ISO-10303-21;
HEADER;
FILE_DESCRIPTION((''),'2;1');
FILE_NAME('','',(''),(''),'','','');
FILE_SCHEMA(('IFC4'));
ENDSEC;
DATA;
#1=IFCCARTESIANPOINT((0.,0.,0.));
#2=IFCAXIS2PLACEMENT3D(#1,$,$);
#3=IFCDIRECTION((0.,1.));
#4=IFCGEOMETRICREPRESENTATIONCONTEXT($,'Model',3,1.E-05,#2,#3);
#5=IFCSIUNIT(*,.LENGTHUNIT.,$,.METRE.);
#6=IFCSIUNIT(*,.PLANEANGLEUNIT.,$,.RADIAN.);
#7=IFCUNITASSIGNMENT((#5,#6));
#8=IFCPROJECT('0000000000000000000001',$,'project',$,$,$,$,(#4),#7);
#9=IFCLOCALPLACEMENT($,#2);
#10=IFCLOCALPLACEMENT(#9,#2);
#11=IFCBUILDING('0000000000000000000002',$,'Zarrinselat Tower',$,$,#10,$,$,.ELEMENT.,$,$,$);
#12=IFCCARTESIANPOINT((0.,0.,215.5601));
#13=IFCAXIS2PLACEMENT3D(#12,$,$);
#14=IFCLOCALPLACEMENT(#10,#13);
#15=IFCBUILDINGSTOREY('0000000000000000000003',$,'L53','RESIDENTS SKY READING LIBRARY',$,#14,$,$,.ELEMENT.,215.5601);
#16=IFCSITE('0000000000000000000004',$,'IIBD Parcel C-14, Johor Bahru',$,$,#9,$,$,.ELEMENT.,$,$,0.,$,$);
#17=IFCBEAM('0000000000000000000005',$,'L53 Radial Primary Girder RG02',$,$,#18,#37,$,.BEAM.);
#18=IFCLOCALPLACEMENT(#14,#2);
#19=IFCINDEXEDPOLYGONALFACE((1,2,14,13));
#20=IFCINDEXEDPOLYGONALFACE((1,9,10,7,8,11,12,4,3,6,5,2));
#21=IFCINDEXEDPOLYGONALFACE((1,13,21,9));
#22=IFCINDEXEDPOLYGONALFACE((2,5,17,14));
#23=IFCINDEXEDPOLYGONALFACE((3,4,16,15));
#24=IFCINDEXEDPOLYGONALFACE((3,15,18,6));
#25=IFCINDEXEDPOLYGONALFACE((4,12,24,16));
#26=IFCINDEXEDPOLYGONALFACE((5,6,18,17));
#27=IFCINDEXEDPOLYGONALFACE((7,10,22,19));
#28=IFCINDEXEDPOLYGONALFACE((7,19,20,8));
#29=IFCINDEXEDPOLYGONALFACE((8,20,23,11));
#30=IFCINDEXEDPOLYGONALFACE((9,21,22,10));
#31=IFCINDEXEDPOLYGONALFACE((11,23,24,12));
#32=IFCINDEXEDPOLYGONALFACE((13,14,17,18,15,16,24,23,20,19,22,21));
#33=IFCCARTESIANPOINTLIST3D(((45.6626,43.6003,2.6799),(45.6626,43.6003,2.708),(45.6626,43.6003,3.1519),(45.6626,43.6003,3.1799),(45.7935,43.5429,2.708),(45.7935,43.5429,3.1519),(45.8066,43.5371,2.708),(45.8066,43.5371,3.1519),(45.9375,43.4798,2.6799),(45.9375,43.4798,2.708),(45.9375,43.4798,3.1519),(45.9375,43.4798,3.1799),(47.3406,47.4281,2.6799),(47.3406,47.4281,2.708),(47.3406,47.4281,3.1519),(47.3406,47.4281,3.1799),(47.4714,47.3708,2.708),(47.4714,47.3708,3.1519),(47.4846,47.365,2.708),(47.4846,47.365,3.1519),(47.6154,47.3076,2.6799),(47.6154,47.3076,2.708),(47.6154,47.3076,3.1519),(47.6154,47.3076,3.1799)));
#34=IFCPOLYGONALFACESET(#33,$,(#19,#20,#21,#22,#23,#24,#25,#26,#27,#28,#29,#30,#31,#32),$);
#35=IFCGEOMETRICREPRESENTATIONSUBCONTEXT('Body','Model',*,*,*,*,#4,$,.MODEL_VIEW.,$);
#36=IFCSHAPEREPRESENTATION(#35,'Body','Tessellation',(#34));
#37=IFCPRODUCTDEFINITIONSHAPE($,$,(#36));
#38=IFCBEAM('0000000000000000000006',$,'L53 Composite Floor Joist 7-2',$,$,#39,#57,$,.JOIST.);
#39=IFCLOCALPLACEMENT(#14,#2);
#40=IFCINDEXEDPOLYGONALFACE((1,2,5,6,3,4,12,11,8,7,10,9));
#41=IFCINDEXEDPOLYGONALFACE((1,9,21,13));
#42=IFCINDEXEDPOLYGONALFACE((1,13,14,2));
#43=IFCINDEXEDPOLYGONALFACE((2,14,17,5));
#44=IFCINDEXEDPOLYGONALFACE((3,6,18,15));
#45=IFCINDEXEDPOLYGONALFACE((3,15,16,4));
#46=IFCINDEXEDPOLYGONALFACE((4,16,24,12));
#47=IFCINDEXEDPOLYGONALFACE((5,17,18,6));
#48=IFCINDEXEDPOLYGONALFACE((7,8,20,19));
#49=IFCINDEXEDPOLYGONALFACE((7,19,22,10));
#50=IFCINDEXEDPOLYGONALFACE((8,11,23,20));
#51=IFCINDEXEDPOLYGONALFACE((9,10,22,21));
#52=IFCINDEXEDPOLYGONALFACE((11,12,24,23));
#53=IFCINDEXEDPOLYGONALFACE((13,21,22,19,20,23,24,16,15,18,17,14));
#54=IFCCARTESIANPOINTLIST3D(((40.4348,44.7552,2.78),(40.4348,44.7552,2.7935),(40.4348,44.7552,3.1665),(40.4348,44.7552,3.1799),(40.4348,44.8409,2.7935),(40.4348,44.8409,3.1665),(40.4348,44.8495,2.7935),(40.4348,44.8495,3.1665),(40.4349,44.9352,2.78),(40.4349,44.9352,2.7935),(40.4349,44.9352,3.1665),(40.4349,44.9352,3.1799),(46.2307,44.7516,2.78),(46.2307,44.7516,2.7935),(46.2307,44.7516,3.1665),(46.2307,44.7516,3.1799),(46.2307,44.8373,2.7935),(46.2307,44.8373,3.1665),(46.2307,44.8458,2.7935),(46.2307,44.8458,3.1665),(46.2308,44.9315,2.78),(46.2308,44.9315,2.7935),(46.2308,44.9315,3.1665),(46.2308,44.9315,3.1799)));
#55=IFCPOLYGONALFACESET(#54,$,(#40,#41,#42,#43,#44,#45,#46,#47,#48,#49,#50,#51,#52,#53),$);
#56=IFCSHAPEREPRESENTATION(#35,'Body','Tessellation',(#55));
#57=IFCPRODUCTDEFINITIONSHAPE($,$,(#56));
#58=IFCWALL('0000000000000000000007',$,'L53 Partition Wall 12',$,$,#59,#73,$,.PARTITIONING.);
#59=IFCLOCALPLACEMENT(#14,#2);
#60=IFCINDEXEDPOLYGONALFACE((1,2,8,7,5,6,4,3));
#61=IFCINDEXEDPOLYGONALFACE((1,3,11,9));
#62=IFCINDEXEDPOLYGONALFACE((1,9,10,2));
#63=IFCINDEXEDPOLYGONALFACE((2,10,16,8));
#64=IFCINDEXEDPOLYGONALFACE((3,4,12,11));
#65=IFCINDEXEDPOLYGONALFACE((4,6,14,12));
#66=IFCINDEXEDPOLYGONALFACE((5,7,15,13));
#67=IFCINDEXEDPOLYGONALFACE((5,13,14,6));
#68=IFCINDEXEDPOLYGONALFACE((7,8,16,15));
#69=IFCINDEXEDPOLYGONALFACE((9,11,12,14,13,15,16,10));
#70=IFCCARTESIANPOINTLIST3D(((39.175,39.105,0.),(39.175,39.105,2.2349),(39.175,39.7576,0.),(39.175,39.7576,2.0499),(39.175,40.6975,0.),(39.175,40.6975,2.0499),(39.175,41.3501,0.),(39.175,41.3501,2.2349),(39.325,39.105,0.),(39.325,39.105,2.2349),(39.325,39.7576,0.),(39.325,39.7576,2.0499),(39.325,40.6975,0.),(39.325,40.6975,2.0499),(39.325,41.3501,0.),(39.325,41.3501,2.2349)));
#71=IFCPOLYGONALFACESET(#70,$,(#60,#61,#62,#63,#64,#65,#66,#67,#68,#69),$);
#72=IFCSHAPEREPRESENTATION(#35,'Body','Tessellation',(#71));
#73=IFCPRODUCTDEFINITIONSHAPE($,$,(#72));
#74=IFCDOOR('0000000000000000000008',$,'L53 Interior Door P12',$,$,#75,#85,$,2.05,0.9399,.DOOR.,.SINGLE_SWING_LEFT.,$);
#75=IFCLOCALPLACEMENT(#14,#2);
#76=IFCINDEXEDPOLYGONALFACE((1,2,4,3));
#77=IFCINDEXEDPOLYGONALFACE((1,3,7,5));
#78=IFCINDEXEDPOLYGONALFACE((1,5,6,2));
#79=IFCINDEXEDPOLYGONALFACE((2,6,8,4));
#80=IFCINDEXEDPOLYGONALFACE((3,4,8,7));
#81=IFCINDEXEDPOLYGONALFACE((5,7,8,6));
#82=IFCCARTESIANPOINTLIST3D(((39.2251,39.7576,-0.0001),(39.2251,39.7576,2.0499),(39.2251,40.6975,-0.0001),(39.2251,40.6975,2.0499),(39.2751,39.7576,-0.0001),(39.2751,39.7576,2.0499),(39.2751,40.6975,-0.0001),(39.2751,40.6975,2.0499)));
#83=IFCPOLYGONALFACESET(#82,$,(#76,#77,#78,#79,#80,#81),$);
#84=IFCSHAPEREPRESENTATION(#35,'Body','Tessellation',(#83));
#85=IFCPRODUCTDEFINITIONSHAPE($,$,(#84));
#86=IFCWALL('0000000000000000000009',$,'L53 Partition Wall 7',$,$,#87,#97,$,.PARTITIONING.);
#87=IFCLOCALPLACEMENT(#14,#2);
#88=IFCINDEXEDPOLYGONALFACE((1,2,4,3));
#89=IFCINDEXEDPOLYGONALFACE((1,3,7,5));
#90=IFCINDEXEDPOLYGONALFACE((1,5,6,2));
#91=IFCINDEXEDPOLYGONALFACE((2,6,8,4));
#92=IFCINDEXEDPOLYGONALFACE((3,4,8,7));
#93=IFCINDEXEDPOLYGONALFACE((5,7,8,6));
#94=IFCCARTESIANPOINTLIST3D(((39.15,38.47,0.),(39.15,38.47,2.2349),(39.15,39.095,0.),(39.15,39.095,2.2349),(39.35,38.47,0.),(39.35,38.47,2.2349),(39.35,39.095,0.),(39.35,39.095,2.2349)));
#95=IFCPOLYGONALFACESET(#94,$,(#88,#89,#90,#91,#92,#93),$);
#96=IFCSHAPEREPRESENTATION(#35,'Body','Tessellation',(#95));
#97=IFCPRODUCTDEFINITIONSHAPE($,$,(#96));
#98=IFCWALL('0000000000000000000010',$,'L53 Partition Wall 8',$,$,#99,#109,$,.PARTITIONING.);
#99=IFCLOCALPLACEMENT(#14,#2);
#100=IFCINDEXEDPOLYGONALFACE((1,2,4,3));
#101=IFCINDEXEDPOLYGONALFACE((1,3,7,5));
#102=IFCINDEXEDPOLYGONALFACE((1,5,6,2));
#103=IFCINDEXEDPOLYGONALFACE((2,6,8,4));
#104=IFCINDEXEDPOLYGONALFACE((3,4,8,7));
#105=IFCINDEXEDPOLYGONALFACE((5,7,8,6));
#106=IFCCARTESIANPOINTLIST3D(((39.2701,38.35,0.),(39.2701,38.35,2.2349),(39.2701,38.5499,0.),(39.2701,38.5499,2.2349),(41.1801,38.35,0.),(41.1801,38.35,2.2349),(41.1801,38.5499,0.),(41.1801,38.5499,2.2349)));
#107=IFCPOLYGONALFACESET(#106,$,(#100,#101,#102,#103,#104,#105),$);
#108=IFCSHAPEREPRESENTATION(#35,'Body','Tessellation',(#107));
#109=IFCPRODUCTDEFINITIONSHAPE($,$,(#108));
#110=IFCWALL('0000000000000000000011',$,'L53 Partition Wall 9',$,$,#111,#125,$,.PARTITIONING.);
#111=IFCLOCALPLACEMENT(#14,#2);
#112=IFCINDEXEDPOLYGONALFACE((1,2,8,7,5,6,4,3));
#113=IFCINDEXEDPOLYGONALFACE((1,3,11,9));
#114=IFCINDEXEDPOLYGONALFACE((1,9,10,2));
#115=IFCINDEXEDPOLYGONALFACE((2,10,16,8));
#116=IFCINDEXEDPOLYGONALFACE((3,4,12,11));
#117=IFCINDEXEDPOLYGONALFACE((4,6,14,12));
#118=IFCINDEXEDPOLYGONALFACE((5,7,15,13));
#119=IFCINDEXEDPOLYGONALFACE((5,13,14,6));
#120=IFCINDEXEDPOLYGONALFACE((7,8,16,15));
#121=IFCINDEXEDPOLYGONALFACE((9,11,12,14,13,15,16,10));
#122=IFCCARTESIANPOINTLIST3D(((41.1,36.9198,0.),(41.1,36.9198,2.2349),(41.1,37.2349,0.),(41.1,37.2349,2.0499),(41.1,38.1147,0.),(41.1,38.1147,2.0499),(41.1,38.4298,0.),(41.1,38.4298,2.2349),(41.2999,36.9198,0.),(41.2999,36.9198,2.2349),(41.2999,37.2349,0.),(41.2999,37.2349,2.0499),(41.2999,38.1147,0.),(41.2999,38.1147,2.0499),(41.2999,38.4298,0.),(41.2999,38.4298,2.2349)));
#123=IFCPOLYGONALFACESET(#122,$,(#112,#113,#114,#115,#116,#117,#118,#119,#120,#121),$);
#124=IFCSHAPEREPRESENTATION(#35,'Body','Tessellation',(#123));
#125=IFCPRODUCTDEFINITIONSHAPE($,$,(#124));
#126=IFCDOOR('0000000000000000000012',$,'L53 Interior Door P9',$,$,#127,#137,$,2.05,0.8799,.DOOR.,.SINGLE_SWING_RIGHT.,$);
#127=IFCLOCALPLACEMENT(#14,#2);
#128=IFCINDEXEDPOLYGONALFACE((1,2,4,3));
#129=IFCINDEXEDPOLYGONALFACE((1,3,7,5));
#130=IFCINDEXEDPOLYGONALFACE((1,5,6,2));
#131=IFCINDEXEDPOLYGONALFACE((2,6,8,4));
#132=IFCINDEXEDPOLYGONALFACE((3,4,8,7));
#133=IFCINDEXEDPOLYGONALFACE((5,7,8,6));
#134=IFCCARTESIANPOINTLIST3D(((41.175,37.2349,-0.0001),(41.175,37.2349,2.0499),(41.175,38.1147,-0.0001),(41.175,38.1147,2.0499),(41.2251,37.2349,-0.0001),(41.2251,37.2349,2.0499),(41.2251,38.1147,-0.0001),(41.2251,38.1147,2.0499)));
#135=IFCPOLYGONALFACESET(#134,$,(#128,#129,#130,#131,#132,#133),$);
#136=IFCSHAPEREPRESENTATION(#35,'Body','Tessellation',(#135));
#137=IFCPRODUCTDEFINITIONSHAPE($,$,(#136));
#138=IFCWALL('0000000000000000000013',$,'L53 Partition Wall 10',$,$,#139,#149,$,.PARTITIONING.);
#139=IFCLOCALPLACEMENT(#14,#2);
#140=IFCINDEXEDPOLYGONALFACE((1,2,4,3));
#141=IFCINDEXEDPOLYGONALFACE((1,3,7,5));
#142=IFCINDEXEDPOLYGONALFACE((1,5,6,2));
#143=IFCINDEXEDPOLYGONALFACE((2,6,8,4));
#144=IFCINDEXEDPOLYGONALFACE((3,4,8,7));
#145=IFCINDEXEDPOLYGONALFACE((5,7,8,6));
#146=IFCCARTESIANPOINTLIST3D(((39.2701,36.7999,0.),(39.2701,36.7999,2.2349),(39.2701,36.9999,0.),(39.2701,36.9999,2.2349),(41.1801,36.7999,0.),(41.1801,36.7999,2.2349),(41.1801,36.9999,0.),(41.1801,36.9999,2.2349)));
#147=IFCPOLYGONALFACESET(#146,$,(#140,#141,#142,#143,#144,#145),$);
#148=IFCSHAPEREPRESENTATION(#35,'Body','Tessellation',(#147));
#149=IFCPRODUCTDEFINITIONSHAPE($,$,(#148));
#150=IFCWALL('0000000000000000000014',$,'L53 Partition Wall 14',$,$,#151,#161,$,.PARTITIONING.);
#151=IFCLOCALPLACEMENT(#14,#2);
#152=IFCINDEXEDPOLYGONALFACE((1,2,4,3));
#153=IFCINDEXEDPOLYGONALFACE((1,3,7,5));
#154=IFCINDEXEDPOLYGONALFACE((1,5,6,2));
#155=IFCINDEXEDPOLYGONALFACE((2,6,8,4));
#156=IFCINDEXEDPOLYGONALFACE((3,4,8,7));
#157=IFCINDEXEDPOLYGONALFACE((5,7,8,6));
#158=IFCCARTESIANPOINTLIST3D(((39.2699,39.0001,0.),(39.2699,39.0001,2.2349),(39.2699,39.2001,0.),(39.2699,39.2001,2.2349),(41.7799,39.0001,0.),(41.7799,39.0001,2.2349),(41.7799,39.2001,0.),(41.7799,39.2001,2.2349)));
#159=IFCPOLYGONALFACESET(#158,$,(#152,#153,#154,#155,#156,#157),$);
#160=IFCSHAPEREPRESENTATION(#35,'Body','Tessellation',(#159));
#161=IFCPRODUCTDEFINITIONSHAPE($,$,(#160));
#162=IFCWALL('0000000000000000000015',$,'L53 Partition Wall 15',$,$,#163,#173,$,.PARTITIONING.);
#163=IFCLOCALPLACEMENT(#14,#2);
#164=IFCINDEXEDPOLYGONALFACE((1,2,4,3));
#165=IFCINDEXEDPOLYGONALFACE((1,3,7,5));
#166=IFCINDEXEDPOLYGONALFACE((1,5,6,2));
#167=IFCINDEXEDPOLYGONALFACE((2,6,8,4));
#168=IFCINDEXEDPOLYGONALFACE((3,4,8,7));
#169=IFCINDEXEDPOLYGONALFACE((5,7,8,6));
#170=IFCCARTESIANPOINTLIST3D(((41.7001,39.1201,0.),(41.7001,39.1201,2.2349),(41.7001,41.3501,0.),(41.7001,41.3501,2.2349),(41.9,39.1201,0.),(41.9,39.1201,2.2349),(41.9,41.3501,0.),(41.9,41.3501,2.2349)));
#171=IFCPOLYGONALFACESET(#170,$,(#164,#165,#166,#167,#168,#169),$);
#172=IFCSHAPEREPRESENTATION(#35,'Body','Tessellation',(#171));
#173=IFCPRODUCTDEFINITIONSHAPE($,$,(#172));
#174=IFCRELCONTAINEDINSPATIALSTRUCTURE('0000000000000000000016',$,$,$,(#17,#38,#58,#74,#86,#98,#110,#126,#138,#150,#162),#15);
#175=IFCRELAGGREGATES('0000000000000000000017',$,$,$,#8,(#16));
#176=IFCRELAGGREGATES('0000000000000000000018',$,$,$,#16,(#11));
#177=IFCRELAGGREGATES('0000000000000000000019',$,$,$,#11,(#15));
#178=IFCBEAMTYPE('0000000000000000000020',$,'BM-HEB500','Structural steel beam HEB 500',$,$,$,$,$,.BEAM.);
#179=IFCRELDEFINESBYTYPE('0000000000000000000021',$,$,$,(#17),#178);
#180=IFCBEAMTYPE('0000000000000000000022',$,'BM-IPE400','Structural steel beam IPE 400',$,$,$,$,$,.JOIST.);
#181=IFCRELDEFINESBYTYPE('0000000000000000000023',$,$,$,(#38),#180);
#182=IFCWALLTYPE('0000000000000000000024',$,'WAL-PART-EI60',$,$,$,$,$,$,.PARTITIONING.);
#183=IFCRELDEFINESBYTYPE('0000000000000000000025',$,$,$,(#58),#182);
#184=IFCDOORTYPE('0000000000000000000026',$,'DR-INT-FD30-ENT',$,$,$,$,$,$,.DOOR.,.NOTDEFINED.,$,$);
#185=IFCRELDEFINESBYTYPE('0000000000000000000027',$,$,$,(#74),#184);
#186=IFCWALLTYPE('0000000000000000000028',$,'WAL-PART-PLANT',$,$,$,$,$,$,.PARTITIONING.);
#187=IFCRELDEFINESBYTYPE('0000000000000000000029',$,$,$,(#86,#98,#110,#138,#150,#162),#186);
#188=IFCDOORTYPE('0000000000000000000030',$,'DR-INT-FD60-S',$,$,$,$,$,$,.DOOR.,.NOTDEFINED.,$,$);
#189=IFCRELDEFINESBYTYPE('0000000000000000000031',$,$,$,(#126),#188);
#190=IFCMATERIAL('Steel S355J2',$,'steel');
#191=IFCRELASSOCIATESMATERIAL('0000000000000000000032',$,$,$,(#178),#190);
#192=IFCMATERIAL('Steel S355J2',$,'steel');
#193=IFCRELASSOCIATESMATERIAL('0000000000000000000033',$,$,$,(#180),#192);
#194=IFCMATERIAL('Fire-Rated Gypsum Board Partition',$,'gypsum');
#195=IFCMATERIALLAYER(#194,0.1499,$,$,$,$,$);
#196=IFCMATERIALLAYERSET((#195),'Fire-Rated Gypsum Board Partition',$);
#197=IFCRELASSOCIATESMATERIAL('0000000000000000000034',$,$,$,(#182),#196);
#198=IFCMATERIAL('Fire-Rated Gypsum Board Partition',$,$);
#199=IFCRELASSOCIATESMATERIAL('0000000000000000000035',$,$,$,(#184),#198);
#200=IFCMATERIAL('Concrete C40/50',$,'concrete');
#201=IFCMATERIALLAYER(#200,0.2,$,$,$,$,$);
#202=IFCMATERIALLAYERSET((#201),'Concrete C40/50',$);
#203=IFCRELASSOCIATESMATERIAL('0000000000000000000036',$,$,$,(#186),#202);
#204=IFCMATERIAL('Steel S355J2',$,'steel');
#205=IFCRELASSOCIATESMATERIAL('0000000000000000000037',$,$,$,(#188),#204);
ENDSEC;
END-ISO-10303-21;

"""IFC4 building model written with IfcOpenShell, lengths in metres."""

from ifc_helpers import new_model, si_unit, direction, frame, frame_2d, origin, origin_2d, place, context, subcontext, project, spatial, rectangle, i_section, extrude, material, layer, layer_set, material_profile, profile_set, type_object, element, fill, save


model = new_model("IFC4")

# Units and contexts
model_context = context("Model", 3, precision=1e-05, world=origin(), true_north=direction((0.0, 1.0)))
body_context = subcontext(model_context, "Body", "Model", "MODEL_VIEW")
ifc_project = project(units=[si_unit("LENGTHUNIT", "METRE"), si_unit("PLANEANGLEUNIT", "RADIAN")], contexts=[model_context])

# Site, building, storey
site_placement = place(None, origin())
site = spatial("IfcSite", under=ifc_project, at=site_placement, Name="IIBD Parcel C-14, Johor Bahru", CompositionType="ELEMENT", RefElevation=0.0)
building_placement = place(site_placement, origin())
building = spatial("IfcBuilding", under=site, at=building_placement, Name="Zarrinselat Tower", CompositionType="ELEMENT")
storey_placement = place(building_placement, frame((0.0, 0.0, 215.5601)))
storey = spatial("IfcBuildingStorey", under=building, at=storey_placement, Name="L53", Description="RESIDENTS SKY READING LIBRARY", CompositionType="ELEMENT", Elevation=215.5601)

# Beams
ifc_material_1 = material(Name="Steel S355J2", Category="steel")
ifc_material_profile_1 = material_profile(ifc_material_1, i_section(OverallWidth=0.3, OverallDepth=0.5, WebThickness=0.0144, FlangeThickness=0.0281, at=origin_2d()), Name="HEB 500")
ifc_profile_set_1 = profile_set([ifc_material_profile_1], Name="Steel S355J2")
beam_type_1 = type_object("IfcBeamType", Name="BM-HEB500", Description="Structural steel beam HEB 500", PredefinedType="BEAM", material=ifc_profile_set_1)
beam_1_placement = place(storey_placement, frame((45.8, 43.54, 2.9299), z_axis=(0.401478, 0.915869, 0.0), x_axis=(-0.915869, 0.401478, 0.0)))
element("IfcBeam", 1, at=beam_1_placement, inside=storey, type_object=beam_type_1, Name="L53 Radial Primary Girder RG02", PredefinedType="BEAM", context=body_context, shape_type="SweptSolid", body=[
    extrude(i_section(OverallWidth=0.3, OverallDepth=0.5, WebThickness=0.0144, FlangeThickness=0.0281, at=origin_2d()), origin(), (0.0, 0.0, 1.0), 4.1794),
])
ifc_material_2 = material(Name="Steel S355J2", Category="steel")
ifc_material_profile_2 = material_profile(ifc_material_2, i_section(OverallWidth=0.1799, OverallDepth=0.3999, WebThickness=0.0085, FlangeThickness=0.0134, at=origin_2d()), Name="IPE 400")
ifc_profile_set_2 = profile_set([ifc_material_profile_2], Name="Steel S355J2")
beam_type_2 = type_object("IfcBeamType", Name="BM-IPE400", Description="Structural steel beam IPE 400", PredefinedType="JOIST", material=ifc_profile_set_2)
beam_2_placement = place(storey_placement, frame((40.4348, 44.8452, 2.98), z_axis=(1.0, -0.000632, 0.0), x_axis=(0.000632, 1.0, 0.0)))
element("IfcBeam", 2, at=beam_2_placement, inside=storey, type_object=beam_type_2, Name="L53 Composite Floor Joist 7-2", PredefinedType="JOIST", context=body_context, shape_type="SweptSolid", body=[
    extrude(i_section(OverallWidth=0.1799, OverallDepth=0.3999, WebThickness=0.0085, FlangeThickness=0.0134, at=origin_2d()), origin(), (0.0, 0.0, 1.0), 5.7959),
])

# Wall, opening, door
ifc_material_3 = material(Name="Fire-Rated Gypsum Board Partition", Category="gypsum")
ifc_layer_1 = layer(ifc_material_3, 0.1499)
ifc_layer_set_1 = layer_set([ifc_layer_1], Name="Fire-Rated Gypsum Board Partition")
wall_type_1 = type_object("IfcWallType", Name="WAL-PART-EI60", PredefinedType="PARTITIONING", material=ifc_layer_set_1)
wall_1_placement = place(storey_placement, frame((39.25, 39.105, 0.0), z_axis=(0.0, 0.0, 1.0), x_axis=(0.0, 1.0, 0.0)))
wall_1 = element("IfcWall", 3, at=wall_1_placement, inside=storey, type_object=wall_type_1, Name="L53 Partition Wall 12", PredefinedType="PARTITIONING", context=body_context, shape_type="SweptSolid", body=[
    extrude(rectangle(XDim=2.2451, YDim=0.1499, at=frame_2d((1.1226, 0.0))), origin(), (0.0, 0.0, 1.0), 2.2349),
])
opening_1_placement = place(wall_1_placement, frame((0.6526, 0.0, 0.0)))
opening_1 = element("IfcOpeningElement", 4, at=opening_1_placement, cuts=wall_1, PredefinedType="OPENING", context=body_context, shape_type="SweptSolid", body=[
    extrude(rectangle(XDim=0.9399, YDim=2.05, at=frame_2d((0.47, 1.0249))), frame((0.0, 0.085, 0.0), z_axis=(0.0, -1.0, 0.0), x_axis=(1.0, 0.0, 0.0)), (0.0, 0.0, 1.0), 0.1699),
])
ifc_material_4 = material(Name="Fire-Rated Gypsum Board Partition")
door_type_1 = type_object("IfcDoorType", Name="DR-INT-FD30-ENT", OperationType="NOTDEFINED", PredefinedType="DOOR", material=ifc_material_4)
door_1_placement = place(opening_1_placement, origin())
door_1 = element("IfcDoor", 5, at=door_1_placement, inside=storey, type_object=door_type_1, Name="L53 Interior Door P12", OperationType="SINGLE_SWING_LEFT", OverallHeight=2.05, OverallWidth=0.9399, PredefinedType="DOOR", context=body_context, shape_type="SweptSolid", body=[
    extrude(rectangle(XDim=0.9399, YDim=2.05, at=frame_2d((0.47, 1.0249))), frame((0.0, 0.0249, 0.0), z_axis=(0.0, -1.0, 0.0), x_axis=(1.0, 0.0, 0.0)), (0.0, 0.0, 1.0), 0.05),
])
fill(opening_1, door_1)

# Walls
ifc_material_5 = material(Name="Concrete C40/50", Category="concrete")
ifc_layer_2 = layer(ifc_material_5, 0.2)
ifc_layer_set_2 = layer_set([ifc_layer_2], Name="Concrete C40/50")
wall_type_2 = type_object("IfcWallType", Name="WAL-PART-PLANT", PredefinedType="PARTITIONING", material=ifc_layer_set_2)
wall_2_placement = place(storey_placement, frame((39.25, 38.47, 0.0), z_axis=(0.0, 0.0, 1.0), x_axis=(0.0, 1.0, 0.0)))
element("IfcWall", 6, at=wall_2_placement, inside=storey, type_object=wall_type_2, Name="L53 Partition Wall 7", PredefinedType="PARTITIONING", context=body_context, shape_type="SweptSolid", body=[
    extrude(rectangle(XDim=0.625, YDim=0.2, at=frame_2d((0.3125, 0.0))), origin(), (0.0, 0.0, 1.0), 2.2349),
])
wall_3_placement = place(storey_placement, frame((39.27, 38.45, 0.0), z_axis=(0.0, 0.0, 1.0), x_axis=(1.0, 0.0, 0.0)))
element("IfcWall", 7, at=wall_3_placement, inside=storey, type_object=wall_type_2, Name="L53 Partition Wall 8", PredefinedType="PARTITIONING", context=body_context, shape_type="SweptSolid", body=[
    extrude(rectangle(XDim=1.9099, YDim=0.2, at=frame_2d((0.9551, 0.0))), origin(), (0.0, 0.0, 1.0), 2.2349),
])

# Wall, opening, door
wall_4_placement = place(storey_placement, frame((41.2, 36.9199, 0.0), z_axis=(0.0, 0.0, 1.0), x_axis=(0.0, 1.0, 0.0)))
wall_4 = element("IfcWall", 8, at=wall_4_placement, inside=storey, type_object=wall_type_2, Name="L53 Partition Wall 9", PredefinedType="PARTITIONING", context=body_context, shape_type="SweptSolid", body=[
    extrude(rectangle(XDim=1.51, YDim=0.2, at=frame_2d((0.7549, 0.0))), origin(), (0.0, 0.0, 1.0), 2.2349),
])
opening_2_placement = place(wall_4_placement, frame((0.3149, 0.0, 0.0)))
opening_2 = element("IfcOpeningElement", 9, at=opening_2_placement, cuts=wall_4, PredefinedType="OPENING", context=body_context, shape_type="SweptSolid", body=[
    extrude(rectangle(XDim=0.8799, YDim=2.05, at=frame_2d((0.4399, 1.0249))), frame((0.0, 0.1099, 0.0), z_axis=(0.0, -1.0, 0.0), x_axis=(1.0, 0.0, 0.0)), (0.0, 0.0, 1.0), 0.22),
])
ifc_material_6 = material(Name="Steel S355J2", Category="steel")
door_type_2 = type_object("IfcDoorType", Name="DR-INT-FD60-S", OperationType="NOTDEFINED", PredefinedType="DOOR", material=ifc_material_6)
door_2_placement = place(opening_2_placement, origin())
door_2 = element("IfcDoor", 10, at=door_2_placement, inside=storey, type_object=door_type_2, Name="L53 Interior Door P9", OperationType="SINGLE_SWING_RIGHT", OverallHeight=2.05, OverallWidth=0.8799, PredefinedType="DOOR", context=body_context, shape_type="SweptSolid", body=[
    extrude(rectangle(XDim=0.8799, YDim=2.05, at=frame_2d((0.4399, 1.0249))), frame((0.0, 0.0249, 0.0), z_axis=(0.0, -1.0, 0.0), x_axis=(1.0, 0.0, 0.0)), (0.0, 0.0, 1.0), 0.05),
])
fill(opening_2, door_2)

# Walls
wall_5_placement = place(storey_placement, frame((39.27, 36.8999, 0.0), z_axis=(0.0, 0.0, 1.0), x_axis=(1.0, 0.0, 0.0)))
element("IfcWall", 11, at=wall_5_placement, inside=storey, type_object=wall_type_2, Name="L53 Partition Wall 10", PredefinedType="PARTITIONING", context=body_context, shape_type="SweptSolid", body=[
    extrude(rectangle(XDim=1.9099, YDim=0.2, at=frame_2d((0.9551, 0.0))), origin(), (0.0, 0.0, 1.0), 2.2349),
])
wall_6_placement = place(storey_placement, frame((39.27, 39.1001, 0.0), z_axis=(0.0, 0.0, 1.0), x_axis=(1.0, 0.0, 0.0)))
element("IfcWall", 12, at=wall_6_placement, inside=storey, type_object=wall_type_2, Name="L53 Partition Wall 14", PredefinedType="PARTITIONING", context=body_context, shape_type="SweptSolid", body=[
    extrude(rectangle(XDim=2.51, YDim=0.2, at=frame_2d((1.2549, 0.0))), origin(), (0.0, 0.0, 1.0), 2.2349),
])
wall_7_placement = place(storey_placement, frame((41.8, 39.1201, 0.0), z_axis=(0.0, 0.0, 1.0), x_axis=(0.0, 1.0, 0.0)))
element("IfcWall", 13, at=wall_7_placement, inside=storey, type_object=wall_type_2, Name="L53 Partition Wall 15", PredefinedType="PARTITIONING", context=body_context, shape_type="SweptSolid", body=[
    extrude(rectangle(XDim=2.23, YDim=0.2, at=frame_2d((1.115, 0.0))), origin(), (0.0, 0.0, 1.0), 2.2349),
])

save(model, "model.ifc")
